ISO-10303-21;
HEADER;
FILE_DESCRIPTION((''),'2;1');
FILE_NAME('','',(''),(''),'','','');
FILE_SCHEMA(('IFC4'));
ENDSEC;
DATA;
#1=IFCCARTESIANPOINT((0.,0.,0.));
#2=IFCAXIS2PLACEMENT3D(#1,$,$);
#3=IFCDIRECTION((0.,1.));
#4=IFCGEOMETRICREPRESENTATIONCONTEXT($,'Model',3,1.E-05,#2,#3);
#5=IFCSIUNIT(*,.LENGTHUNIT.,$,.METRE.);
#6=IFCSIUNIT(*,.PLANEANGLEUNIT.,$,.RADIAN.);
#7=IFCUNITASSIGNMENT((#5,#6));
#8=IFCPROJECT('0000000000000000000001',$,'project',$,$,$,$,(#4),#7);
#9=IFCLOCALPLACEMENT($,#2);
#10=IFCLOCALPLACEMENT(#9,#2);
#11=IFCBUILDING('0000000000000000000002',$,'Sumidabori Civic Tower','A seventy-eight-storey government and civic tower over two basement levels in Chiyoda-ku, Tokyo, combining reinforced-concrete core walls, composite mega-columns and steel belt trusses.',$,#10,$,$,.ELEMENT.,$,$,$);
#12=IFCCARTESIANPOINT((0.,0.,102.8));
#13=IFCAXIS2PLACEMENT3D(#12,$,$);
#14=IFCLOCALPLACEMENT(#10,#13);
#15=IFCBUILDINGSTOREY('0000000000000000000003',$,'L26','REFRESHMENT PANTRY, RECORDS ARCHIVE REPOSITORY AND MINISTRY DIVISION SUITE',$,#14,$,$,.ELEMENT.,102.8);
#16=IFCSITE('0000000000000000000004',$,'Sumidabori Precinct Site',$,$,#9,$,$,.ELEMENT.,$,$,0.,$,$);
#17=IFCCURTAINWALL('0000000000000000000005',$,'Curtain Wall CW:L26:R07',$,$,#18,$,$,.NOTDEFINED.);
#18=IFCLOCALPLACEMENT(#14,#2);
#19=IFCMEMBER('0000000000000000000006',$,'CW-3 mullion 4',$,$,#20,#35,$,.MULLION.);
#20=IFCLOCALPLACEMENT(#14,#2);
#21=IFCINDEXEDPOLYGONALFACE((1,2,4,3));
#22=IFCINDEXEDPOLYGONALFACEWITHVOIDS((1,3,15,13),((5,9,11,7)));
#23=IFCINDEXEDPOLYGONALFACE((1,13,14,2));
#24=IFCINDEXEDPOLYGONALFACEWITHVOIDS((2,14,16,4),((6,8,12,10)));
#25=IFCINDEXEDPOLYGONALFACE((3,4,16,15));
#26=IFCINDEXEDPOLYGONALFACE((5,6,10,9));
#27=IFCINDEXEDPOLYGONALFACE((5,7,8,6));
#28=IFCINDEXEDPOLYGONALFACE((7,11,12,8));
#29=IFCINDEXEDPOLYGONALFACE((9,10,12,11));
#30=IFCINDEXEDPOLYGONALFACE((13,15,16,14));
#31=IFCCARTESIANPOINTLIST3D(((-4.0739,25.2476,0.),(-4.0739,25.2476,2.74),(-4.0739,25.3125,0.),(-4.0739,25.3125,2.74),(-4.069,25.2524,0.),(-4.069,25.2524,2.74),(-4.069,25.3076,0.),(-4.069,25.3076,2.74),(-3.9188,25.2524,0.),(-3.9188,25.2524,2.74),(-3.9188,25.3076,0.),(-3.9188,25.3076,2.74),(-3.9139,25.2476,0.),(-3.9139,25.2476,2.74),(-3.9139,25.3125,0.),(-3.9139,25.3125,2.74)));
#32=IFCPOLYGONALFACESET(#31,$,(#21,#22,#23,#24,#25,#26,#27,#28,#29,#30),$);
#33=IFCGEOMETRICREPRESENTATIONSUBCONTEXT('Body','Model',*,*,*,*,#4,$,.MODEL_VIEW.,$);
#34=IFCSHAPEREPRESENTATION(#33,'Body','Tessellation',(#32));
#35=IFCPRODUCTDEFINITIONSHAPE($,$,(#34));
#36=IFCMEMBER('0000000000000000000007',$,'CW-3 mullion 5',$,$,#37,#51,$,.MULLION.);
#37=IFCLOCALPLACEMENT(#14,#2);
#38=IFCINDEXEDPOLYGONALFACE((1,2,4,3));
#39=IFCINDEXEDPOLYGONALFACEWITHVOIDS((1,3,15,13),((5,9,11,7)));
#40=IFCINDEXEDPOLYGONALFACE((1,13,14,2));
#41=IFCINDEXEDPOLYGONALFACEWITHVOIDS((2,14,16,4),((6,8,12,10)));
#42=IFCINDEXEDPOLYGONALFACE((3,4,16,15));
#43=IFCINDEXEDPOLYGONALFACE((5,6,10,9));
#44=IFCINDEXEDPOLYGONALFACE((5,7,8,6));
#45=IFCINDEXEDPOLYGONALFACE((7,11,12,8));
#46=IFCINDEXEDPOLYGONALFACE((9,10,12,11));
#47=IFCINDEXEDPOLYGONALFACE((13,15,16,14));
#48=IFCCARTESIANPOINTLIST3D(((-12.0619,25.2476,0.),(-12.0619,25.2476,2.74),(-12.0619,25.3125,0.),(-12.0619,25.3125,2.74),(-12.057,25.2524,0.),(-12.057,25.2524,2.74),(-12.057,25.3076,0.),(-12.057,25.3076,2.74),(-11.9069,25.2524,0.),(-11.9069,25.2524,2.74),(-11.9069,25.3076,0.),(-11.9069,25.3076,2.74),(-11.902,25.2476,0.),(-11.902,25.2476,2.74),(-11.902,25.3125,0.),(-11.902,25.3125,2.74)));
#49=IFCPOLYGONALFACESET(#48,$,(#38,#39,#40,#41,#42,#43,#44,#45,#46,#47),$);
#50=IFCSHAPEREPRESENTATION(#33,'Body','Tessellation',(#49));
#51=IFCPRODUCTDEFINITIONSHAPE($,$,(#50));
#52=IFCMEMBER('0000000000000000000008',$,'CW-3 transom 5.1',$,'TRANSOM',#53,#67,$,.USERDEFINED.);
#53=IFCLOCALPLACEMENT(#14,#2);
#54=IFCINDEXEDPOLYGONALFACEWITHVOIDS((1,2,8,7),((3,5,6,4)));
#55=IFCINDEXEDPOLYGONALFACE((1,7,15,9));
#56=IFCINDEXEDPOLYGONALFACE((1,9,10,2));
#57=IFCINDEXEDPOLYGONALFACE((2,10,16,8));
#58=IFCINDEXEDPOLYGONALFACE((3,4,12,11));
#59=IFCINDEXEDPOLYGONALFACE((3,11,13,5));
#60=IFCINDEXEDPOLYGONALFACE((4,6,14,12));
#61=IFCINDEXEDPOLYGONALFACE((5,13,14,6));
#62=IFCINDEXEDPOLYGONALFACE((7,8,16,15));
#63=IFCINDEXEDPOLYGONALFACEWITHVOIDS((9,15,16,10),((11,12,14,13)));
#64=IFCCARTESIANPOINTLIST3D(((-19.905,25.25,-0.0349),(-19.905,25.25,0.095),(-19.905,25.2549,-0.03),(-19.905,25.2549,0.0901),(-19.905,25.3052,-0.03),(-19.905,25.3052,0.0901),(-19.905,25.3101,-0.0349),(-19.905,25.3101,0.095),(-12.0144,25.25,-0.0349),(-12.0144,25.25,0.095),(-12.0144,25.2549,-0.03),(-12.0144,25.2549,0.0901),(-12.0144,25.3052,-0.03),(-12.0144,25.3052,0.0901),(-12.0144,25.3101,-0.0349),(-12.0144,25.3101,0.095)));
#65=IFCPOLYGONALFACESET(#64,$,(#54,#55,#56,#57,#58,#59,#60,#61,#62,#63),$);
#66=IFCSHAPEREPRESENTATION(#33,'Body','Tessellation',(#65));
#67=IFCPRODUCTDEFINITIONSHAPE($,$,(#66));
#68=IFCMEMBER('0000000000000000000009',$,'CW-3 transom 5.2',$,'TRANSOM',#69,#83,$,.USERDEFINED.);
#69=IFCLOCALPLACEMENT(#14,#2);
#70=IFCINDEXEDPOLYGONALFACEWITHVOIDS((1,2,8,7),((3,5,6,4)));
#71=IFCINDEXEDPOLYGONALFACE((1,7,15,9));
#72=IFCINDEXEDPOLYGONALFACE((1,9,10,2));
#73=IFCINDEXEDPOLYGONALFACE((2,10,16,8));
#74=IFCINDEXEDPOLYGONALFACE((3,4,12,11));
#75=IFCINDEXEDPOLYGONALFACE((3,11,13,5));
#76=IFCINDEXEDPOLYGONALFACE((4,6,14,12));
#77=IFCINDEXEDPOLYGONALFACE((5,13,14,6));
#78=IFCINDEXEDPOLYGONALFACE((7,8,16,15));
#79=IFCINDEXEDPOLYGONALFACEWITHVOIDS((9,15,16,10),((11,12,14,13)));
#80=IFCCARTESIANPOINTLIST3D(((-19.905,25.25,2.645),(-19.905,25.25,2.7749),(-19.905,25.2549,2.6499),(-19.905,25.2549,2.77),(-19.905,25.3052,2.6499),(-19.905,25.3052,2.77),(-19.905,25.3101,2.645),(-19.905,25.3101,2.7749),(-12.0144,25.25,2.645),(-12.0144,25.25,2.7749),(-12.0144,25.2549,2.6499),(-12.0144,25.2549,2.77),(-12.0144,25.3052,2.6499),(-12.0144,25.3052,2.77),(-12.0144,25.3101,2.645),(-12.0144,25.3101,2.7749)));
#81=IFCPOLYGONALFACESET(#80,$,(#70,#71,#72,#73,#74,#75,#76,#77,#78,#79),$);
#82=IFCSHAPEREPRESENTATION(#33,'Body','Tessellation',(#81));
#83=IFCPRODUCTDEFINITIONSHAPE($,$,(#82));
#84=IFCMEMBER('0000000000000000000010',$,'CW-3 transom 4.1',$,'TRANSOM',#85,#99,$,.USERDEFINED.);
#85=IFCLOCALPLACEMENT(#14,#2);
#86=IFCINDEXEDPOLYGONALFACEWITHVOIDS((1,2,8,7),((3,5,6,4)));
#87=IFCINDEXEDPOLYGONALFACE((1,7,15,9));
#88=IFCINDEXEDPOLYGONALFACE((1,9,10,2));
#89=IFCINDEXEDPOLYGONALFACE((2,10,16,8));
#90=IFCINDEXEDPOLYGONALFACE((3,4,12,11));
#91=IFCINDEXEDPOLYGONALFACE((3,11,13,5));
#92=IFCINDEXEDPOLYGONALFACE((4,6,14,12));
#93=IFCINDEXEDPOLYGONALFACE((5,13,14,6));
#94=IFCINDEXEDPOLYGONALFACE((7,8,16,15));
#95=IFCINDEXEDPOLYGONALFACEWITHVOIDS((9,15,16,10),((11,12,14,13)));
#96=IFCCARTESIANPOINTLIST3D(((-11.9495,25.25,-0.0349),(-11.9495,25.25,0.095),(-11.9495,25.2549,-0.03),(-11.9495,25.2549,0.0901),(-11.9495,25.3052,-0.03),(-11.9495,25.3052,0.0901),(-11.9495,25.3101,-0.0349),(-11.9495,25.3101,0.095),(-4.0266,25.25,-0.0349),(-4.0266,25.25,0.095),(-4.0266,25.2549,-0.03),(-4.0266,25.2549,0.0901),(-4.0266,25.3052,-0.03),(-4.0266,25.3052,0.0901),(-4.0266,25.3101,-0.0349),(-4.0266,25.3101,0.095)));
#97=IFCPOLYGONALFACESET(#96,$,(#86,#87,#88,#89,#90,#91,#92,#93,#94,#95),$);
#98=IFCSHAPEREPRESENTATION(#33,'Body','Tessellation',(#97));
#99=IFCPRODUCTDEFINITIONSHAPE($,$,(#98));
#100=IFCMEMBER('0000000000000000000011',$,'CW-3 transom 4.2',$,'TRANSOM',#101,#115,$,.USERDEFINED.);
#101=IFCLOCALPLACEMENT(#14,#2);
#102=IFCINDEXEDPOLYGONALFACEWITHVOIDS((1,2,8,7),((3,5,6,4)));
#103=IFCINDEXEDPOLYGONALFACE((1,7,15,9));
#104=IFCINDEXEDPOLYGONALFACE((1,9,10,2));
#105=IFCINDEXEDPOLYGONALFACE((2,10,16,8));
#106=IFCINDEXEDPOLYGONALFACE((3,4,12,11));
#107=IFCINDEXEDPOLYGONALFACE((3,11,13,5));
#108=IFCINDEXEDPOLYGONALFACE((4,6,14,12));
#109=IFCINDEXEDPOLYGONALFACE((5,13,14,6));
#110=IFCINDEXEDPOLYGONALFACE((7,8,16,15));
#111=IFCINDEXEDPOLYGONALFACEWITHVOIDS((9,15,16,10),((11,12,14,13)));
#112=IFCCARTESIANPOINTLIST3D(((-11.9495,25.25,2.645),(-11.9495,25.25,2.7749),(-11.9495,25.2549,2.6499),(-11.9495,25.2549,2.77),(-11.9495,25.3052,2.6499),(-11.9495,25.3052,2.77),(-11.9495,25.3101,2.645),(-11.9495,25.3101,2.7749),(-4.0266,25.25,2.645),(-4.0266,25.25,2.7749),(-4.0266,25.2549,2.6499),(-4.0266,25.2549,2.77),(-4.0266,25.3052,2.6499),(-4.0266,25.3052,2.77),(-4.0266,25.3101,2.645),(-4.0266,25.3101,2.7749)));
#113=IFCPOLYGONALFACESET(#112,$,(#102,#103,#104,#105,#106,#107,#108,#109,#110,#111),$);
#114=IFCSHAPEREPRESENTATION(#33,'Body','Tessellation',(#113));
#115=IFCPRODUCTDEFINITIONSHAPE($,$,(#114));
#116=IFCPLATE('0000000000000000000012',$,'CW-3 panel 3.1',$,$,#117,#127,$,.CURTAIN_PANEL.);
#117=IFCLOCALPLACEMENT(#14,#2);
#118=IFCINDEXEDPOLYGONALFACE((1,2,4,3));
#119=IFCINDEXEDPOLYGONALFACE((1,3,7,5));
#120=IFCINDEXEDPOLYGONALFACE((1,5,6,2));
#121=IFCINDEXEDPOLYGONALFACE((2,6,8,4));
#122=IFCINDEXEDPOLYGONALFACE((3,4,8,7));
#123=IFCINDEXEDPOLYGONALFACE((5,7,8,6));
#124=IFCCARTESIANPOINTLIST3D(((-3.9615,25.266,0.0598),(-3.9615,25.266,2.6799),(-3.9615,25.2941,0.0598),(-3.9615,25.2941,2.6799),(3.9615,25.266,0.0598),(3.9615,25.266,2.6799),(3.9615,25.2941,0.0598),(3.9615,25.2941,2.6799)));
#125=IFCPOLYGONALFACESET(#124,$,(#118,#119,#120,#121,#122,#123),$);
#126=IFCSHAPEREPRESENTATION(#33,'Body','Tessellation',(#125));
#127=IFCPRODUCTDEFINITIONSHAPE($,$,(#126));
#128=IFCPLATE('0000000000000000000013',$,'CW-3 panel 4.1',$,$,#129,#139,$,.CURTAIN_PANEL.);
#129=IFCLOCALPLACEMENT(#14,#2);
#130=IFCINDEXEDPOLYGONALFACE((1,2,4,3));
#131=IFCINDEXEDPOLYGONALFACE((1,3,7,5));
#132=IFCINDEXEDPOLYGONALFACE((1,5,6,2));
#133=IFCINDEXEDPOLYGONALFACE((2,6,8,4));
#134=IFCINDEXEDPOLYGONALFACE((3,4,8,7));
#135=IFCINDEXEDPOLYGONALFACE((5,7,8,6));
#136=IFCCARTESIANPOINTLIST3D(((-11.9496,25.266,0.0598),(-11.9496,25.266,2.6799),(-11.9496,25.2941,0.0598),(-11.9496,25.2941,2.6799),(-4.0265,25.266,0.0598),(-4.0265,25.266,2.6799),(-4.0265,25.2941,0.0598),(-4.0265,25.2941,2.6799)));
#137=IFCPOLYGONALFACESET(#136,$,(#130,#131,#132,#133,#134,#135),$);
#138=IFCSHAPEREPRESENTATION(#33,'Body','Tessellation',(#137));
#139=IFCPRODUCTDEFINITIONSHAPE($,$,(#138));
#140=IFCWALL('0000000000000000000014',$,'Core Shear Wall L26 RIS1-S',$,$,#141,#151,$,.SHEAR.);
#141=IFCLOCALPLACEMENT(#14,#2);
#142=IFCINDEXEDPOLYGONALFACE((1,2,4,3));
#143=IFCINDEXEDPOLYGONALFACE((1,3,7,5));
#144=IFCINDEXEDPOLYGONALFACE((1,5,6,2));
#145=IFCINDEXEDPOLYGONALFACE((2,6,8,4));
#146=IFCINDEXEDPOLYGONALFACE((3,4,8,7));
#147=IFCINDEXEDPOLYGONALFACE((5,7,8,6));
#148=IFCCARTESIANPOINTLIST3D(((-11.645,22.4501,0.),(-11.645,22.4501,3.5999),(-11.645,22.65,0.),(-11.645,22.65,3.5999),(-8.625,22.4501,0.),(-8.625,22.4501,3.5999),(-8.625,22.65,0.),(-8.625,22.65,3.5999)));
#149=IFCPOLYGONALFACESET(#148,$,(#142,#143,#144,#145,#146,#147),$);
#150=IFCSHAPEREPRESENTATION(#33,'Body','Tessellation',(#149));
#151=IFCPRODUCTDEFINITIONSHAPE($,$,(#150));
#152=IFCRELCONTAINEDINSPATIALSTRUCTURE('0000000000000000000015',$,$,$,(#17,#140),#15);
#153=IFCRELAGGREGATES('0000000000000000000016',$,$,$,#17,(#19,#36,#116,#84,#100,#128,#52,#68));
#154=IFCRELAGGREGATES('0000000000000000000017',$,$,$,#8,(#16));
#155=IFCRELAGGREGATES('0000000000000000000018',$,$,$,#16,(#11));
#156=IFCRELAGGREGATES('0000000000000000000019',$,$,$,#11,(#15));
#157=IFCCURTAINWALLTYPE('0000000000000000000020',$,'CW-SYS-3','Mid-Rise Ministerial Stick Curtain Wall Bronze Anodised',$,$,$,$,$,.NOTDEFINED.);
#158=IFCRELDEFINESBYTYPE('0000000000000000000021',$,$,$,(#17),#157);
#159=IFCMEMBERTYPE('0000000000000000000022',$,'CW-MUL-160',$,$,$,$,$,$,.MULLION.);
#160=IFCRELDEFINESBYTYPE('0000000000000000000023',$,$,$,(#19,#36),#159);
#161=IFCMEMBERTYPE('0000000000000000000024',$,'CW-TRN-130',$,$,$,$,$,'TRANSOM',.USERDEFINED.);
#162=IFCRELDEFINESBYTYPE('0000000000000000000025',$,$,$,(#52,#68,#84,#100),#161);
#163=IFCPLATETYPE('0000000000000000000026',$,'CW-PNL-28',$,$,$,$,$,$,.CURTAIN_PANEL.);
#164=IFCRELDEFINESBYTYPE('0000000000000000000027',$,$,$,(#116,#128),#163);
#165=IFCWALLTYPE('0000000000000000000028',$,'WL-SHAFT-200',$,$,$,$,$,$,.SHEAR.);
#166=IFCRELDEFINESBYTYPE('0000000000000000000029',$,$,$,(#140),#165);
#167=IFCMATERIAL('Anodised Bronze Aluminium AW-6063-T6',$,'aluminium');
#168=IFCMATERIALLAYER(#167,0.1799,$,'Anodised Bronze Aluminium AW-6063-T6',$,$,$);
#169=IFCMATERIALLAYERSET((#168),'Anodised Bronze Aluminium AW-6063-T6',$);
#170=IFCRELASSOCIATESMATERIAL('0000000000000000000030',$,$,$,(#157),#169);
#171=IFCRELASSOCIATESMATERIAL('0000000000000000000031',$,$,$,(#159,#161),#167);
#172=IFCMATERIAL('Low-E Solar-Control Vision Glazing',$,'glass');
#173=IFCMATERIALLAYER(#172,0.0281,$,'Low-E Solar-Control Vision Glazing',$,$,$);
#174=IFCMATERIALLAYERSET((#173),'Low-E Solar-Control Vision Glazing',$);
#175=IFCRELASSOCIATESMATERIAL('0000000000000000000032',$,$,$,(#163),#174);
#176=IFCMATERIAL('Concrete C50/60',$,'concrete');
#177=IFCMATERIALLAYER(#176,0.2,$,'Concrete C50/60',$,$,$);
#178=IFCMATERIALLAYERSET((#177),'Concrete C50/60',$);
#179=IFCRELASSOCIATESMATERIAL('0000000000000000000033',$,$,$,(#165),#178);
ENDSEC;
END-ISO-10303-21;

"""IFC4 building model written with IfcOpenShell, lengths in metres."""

from ifc_helpers import new_model, si_unit, direction, frame, frame_2d, origin, origin_2d, place, context, subcontext, project, spatial, rectangle, hollow_rectangle, extrude, source, transform, mapped, material, layer, layer_set, material_profile, profile_set, type_object, element, aggregate, save


model = new_model("IFC4")

# Units and contexts
model_context = context("Model", 3, precision=1e-05, world=origin(), true_north=direction((0.0, 1.0)))
body_context = subcontext(model_context, "Body", "Model", "MODEL_VIEW")
ifc_project = project(units=[si_unit("LENGTHUNIT", "METRE"), si_unit("PLANEANGLEUNIT", "RADIAN")], contexts=[model_context])

# Site, building, storey
site_placement = place(None, origin())
site = spatial("IfcSite", under=ifc_project, at=site_placement, Name="Sumidabori Precinct Site", CompositionType="ELEMENT", RefElevation=0.0)
building_placement = place(site_placement, origin())
building = spatial("IfcBuilding", under=site, at=building_placement, Name="Sumidabori Civic Tower", Description="A seventy-eight-storey government and civic tower over two basement levels in Chiyoda-ku, Tokyo, combining reinforced-concrete core walls, composite mega-columns and steel belt trusses.", CompositionType="ELEMENT")
storey_placement = place(building_placement, frame((0.0, 0.0, 102.8)))
storey = spatial("IfcBuildingStorey", under=building, at=storey_placement, Name="L26", Description="REFRESHMENT PANTRY, RECORDS ARCHIVE REPOSITORY AND MINISTRY DIVISION SUITE", CompositionType="ELEMENT", Elevation=102.8)

# Curtain wall, members, plates
ifc_material_1 = material(Name="Anodised Bronze Aluminium AW-6063-T6", Category="aluminium")
ifc_layer_1 = layer(ifc_material_1, 0.1799, Name="Anodised Bronze Aluminium AW-6063-T6")
ifc_layer_set_1 = layer_set([ifc_layer_1], Name="Anodised Bronze Aluminium AW-6063-T6")
curtain_wall_type = type_object("IfcCurtainWallType", Name="CW-SYS-3", Description="Mid-Rise Ministerial Stick Curtain Wall Bronze Anodised", PredefinedType="NOTDEFINED", material=ifc_layer_set_1)
curtain_wall_placement = place(storey_placement, origin())
curtain_wall = element("IfcCurtainWall", 1, at=curtain_wall_placement, inside=storey, type_object=curtain_wall_type, Name="Curtain Wall CW:L26:R07", PredefinedType="NOTDEFINED")
ifc_material_profile_1 = material_profile(ifc_material_1, hollow_rectangle(XDim=0.0649, YDim=0.1599, WallThickness=0.0049, at=origin_2d()), Name="ALU MULLION 160x65")
ifc_profile_set_1 = profile_set([ifc_material_profile_1], Name="Anodised Bronze Aluminium AW-6063-T6")
member_type_1 = type_object("IfcMemberType", Name="CW-MUL-160", PredefinedType="MULLION", material=ifc_profile_set_1)
shared_shape_1 = source(origin(), body_context, "Body", "SweptSolid", [
    extrude(hollow_rectangle(XDim=0.0649, YDim=0.1599, WallThickness=0.0049, at=origin_2d()), origin(), (0.0, 0.0, 1.0), 2.74),
])
member_1_placement = place(storey_placement, frame((-3.9939, 25.28, 0.0), z_axis=(0.0, 0.0, 1.0), x_axis=(0.0, -1.0, 0.0)))
member_1 = element("IfcMember", 2, at=member_1_placement, type_object=member_type_1, Name="CW-3 mullion 4", PredefinedType="MULLION", context=body_context, shape_type="MappedRepresentation", body=[
    mapped(shared_shape_1, transform((0.0, 0.0, 0.0), x_axis=(1.0, 0.0, 0.0), y_axis=(0.0, 1.0, 0.0), z_axis=(0.0, 0.0, 1.0), scale=1.0)),
])
member_2_placement = place(storey_placement, frame((-11.9819, 25.28, 0.0), z_axis=(0.0, 0.0, 1.0), x_axis=(0.0, -1.0, 0.0)))
member_2 = element("IfcMember", 3, at=member_2_placement, type_object=member_type_1, Name="CW-3 mullion 5", PredefinedType="MULLION", context=body_context, shape_type="MappedRepresentation", body=[
    mapped(shared_shape_1, transform((0.0, 0.0, 0.0), x_axis=(1.0, 0.0, 0.0), y_axis=(0.0, 1.0, 0.0), z_axis=(0.0, 0.0, 1.0), scale=1.0)),
])
ifc_material_profile_2 = material_profile(ifc_material_1, hollow_rectangle(XDim=0.0601, YDim=0.1299, WallThickness=0.0049, at=origin_2d()), Name="ALU TRANSOM 130x60")
ifc_profile_set_2 = profile_set([ifc_material_profile_2], Name="Anodised Bronze Aluminium AW-6063-T6")
member_type_2 = type_object("IfcMemberType", Name="CW-TRN-130", ElementType="TRANSOM", PredefinedType="USERDEFINED", material=ifc_profile_set_2)
shared_shape_2 = source(origin(), body_context, "Body", "SweptSolid", [
    extrude(hollow_rectangle(XDim=0.0601, YDim=0.1299, WallThickness=0.0049, at=origin_2d()), origin(), (0.0, 0.0, 1.0), 7.8906),
])
member_3_placement = place(storey_placement, frame((-12.0144, 25.28, 0.03), z_axis=(-1.0, 0.0, 0.0), x_axis=(0.0, -1.0, 0.0)))
member_3 = element("IfcMember", 4, at=member_3_placement, type_object=member_type_2, Name="CW-3 transom 5.1", ObjectType="TRANSOM", PredefinedType="USERDEFINED", context=body_context, shape_type="MappedRepresentation", body=[
    mapped(shared_shape_2, transform((0.0, 0.0, 0.0), x_axis=(1.0, 0.0, 0.0), y_axis=(0.0, 1.0, 0.0), z_axis=(0.0, 0.0, 1.0), scale=1.0)),
])
member_4_placement = place(storey_placement, frame((-12.0144, 25.28, 2.71), z_axis=(-1.0, 0.0, 0.0), x_axis=(0.0, -1.0, 0.0)))
member_4 = element("IfcMember", 5, at=member_4_placement, type_object=member_type_2, Name="CW-3 transom 5.2", ObjectType="TRANSOM", PredefinedType="USERDEFINED", context=body_context, shape_type="MappedRepresentation", body=[
    mapped(shared_shape_2, transform((0.0, 0.0, 0.0), x_axis=(1.0, 0.0, 0.0), y_axis=(0.0, 1.0, 0.0), z_axis=(0.0, 0.0, 1.0), scale=1.0)),
])
shared_shape_3 = source(origin(), body_context, "Body", "SweptSolid", [
    extrude(hollow_rectangle(XDim=0.0601, YDim=0.1299, WallThickness=0.0049, at=origin_2d()), origin(), (0.0, 0.0, 1.0), 7.9229),
])
member_5_placement = place(storey_placement, frame((-4.0266, 25.28, 0.03), z_axis=(-1.0, 0.0, 0.0), x_axis=(0.0, -1.0, 0.0)))
member_5 = element("IfcMember", 6, at=member_5_placement, type_object=member_type_2, Name="CW-3 transom 4.1", ObjectType="TRANSOM", PredefinedType="USERDEFINED", context=body_context, shape_type="MappedRepresentation", body=[
    mapped(shared_shape_3, transform((0.0, 0.0, 0.0), x_axis=(1.0, 0.0, 0.0), y_axis=(0.0, 1.0, 0.0), z_axis=(0.0, 0.0, 1.0), scale=1.0)),
])
member_6_placement = place(storey_placement, frame((-4.0266, 25.28, 2.71), z_axis=(-1.0, 0.0, 0.0), x_axis=(0.0, -1.0, 0.0)))
member_6 = element("IfcMember", 7, at=member_6_placement, type_object=member_type_2, Name="CW-3 transom 4.2", ObjectType="TRANSOM", PredefinedType="USERDEFINED", context=body_context, shape_type="MappedRepresentation", body=[
    mapped(shared_shape_3, transform((0.0, 0.0, 0.0), x_axis=(1.0, 0.0, 0.0), y_axis=(0.0, 1.0, 0.0), z_axis=(0.0, 0.0, 1.0), scale=1.0)),
])
ifc_material_2 = material(Name="Low-E Solar-Control Vision Glazing", Category="glass")
ifc_layer_2 = layer(ifc_material_2, 0.0281, Name="Low-E Solar-Control Vision Glazing")
ifc_layer_set_2 = layer_set([ifc_layer_2], Name="Low-E Solar-Control Vision Glazing")
plate_type = type_object("IfcPlateType", Name="CW-PNL-28", PredefinedType="CURTAIN_PANEL", material=ifc_layer_set_2)
shared_shape_4 = source(origin(), body_context, "Body", "SweptSolid", [
    extrude(rectangle(XDim=7.9231, YDim=0.0281, at=origin_2d()), origin(), (0.0, 0.0, 1.0), 2.6201),
])
plate_1_placement = place(storey_placement, frame((0.0, 25.28, 0.0598), z_axis=(0.0, 0.0, 1.0), x_axis=(-1.0, 0.0, 0.0)))
plate_1 = element("IfcPlate", 8, at=plate_1_placement, type_object=plate_type, Name="CW-3 panel 3.1", PredefinedType="CURTAIN_PANEL", context=body_context, shape_type="MappedRepresentation", body=[
    mapped(shared_shape_4, transform((0.0, 0.0, 0.0), x_axis=(1.0, 0.0, 0.0), y_axis=(0.0, 1.0, 0.0), z_axis=(0.0, 0.0, 1.0), scale=1.0)),
])
plate_2_placement = place(storey_placement, frame((-7.988, 25.28, 0.0598), z_axis=(0.0, 0.0, 1.0), x_axis=(-1.0, 0.0, 0.0)))
plate_2 = element("IfcPlate", 9, at=plate_2_placement, type_object=plate_type, Name="CW-3 panel 4.1", PredefinedType="CURTAIN_PANEL", context=body_context, shape_type="MappedRepresentation", body=[
    mapped(shared_shape_4, transform((0.0, 0.0, 0.0), x_axis=(1.0, 0.0, 0.0), y_axis=(0.0, 1.0, 0.0), z_axis=(0.0, 0.0, 1.0), scale=1.0)),
])
aggregate(curtain_wall, [member_1, member_2, plate_1, member_5, member_6, plate_2, member_3, member_4])

# Wall
ifc_material_3 = material(Name="Concrete C50/60", Category="concrete")
ifc_layer_3 = layer(ifc_material_3, 0.2, Name="Concrete C50/60")
ifc_layer_set_3 = layer_set([ifc_layer_3], Name="Concrete C50/60")
wall_type_1 = type_object("IfcWallType", Name="WL-SHAFT-200", PredefinedType="SHEAR", material=ifc_layer_set_3)
shared_shape_5 = source(origin(), body_context, "Body", "SweptSolid", [
    extrude(rectangle(XDim=3.02, YDim=0.2, at=frame_2d((1.51, 0.0))), origin(), (0.0, 0.0, 1.0), 3.5999),
])
wall_1_placement = place(storey_placement, frame((-11.645, 22.55, 0.0), z_axis=(0.0, 0.0, 1.0), x_axis=(1.0, 0.0, 0.0)))
element("IfcWall", 10, at=wall_1_placement, inside=storey, type_object=wall_type_1, Name="Core Shear Wall L26 RIS1-S", PredefinedType="SHEAR", context=body_context, shape_type="MappedRepresentation", body=[
    mapped(shared_shape_5, transform((0.0, 0.0, 0.0), x_axis=(1.0, 0.0, 0.0), y_axis=(0.0, 1.0, 0.0), z_axis=(0.0, 0.0, 1.0), scale=1.0)),
])

save(model, "model.ifc")
